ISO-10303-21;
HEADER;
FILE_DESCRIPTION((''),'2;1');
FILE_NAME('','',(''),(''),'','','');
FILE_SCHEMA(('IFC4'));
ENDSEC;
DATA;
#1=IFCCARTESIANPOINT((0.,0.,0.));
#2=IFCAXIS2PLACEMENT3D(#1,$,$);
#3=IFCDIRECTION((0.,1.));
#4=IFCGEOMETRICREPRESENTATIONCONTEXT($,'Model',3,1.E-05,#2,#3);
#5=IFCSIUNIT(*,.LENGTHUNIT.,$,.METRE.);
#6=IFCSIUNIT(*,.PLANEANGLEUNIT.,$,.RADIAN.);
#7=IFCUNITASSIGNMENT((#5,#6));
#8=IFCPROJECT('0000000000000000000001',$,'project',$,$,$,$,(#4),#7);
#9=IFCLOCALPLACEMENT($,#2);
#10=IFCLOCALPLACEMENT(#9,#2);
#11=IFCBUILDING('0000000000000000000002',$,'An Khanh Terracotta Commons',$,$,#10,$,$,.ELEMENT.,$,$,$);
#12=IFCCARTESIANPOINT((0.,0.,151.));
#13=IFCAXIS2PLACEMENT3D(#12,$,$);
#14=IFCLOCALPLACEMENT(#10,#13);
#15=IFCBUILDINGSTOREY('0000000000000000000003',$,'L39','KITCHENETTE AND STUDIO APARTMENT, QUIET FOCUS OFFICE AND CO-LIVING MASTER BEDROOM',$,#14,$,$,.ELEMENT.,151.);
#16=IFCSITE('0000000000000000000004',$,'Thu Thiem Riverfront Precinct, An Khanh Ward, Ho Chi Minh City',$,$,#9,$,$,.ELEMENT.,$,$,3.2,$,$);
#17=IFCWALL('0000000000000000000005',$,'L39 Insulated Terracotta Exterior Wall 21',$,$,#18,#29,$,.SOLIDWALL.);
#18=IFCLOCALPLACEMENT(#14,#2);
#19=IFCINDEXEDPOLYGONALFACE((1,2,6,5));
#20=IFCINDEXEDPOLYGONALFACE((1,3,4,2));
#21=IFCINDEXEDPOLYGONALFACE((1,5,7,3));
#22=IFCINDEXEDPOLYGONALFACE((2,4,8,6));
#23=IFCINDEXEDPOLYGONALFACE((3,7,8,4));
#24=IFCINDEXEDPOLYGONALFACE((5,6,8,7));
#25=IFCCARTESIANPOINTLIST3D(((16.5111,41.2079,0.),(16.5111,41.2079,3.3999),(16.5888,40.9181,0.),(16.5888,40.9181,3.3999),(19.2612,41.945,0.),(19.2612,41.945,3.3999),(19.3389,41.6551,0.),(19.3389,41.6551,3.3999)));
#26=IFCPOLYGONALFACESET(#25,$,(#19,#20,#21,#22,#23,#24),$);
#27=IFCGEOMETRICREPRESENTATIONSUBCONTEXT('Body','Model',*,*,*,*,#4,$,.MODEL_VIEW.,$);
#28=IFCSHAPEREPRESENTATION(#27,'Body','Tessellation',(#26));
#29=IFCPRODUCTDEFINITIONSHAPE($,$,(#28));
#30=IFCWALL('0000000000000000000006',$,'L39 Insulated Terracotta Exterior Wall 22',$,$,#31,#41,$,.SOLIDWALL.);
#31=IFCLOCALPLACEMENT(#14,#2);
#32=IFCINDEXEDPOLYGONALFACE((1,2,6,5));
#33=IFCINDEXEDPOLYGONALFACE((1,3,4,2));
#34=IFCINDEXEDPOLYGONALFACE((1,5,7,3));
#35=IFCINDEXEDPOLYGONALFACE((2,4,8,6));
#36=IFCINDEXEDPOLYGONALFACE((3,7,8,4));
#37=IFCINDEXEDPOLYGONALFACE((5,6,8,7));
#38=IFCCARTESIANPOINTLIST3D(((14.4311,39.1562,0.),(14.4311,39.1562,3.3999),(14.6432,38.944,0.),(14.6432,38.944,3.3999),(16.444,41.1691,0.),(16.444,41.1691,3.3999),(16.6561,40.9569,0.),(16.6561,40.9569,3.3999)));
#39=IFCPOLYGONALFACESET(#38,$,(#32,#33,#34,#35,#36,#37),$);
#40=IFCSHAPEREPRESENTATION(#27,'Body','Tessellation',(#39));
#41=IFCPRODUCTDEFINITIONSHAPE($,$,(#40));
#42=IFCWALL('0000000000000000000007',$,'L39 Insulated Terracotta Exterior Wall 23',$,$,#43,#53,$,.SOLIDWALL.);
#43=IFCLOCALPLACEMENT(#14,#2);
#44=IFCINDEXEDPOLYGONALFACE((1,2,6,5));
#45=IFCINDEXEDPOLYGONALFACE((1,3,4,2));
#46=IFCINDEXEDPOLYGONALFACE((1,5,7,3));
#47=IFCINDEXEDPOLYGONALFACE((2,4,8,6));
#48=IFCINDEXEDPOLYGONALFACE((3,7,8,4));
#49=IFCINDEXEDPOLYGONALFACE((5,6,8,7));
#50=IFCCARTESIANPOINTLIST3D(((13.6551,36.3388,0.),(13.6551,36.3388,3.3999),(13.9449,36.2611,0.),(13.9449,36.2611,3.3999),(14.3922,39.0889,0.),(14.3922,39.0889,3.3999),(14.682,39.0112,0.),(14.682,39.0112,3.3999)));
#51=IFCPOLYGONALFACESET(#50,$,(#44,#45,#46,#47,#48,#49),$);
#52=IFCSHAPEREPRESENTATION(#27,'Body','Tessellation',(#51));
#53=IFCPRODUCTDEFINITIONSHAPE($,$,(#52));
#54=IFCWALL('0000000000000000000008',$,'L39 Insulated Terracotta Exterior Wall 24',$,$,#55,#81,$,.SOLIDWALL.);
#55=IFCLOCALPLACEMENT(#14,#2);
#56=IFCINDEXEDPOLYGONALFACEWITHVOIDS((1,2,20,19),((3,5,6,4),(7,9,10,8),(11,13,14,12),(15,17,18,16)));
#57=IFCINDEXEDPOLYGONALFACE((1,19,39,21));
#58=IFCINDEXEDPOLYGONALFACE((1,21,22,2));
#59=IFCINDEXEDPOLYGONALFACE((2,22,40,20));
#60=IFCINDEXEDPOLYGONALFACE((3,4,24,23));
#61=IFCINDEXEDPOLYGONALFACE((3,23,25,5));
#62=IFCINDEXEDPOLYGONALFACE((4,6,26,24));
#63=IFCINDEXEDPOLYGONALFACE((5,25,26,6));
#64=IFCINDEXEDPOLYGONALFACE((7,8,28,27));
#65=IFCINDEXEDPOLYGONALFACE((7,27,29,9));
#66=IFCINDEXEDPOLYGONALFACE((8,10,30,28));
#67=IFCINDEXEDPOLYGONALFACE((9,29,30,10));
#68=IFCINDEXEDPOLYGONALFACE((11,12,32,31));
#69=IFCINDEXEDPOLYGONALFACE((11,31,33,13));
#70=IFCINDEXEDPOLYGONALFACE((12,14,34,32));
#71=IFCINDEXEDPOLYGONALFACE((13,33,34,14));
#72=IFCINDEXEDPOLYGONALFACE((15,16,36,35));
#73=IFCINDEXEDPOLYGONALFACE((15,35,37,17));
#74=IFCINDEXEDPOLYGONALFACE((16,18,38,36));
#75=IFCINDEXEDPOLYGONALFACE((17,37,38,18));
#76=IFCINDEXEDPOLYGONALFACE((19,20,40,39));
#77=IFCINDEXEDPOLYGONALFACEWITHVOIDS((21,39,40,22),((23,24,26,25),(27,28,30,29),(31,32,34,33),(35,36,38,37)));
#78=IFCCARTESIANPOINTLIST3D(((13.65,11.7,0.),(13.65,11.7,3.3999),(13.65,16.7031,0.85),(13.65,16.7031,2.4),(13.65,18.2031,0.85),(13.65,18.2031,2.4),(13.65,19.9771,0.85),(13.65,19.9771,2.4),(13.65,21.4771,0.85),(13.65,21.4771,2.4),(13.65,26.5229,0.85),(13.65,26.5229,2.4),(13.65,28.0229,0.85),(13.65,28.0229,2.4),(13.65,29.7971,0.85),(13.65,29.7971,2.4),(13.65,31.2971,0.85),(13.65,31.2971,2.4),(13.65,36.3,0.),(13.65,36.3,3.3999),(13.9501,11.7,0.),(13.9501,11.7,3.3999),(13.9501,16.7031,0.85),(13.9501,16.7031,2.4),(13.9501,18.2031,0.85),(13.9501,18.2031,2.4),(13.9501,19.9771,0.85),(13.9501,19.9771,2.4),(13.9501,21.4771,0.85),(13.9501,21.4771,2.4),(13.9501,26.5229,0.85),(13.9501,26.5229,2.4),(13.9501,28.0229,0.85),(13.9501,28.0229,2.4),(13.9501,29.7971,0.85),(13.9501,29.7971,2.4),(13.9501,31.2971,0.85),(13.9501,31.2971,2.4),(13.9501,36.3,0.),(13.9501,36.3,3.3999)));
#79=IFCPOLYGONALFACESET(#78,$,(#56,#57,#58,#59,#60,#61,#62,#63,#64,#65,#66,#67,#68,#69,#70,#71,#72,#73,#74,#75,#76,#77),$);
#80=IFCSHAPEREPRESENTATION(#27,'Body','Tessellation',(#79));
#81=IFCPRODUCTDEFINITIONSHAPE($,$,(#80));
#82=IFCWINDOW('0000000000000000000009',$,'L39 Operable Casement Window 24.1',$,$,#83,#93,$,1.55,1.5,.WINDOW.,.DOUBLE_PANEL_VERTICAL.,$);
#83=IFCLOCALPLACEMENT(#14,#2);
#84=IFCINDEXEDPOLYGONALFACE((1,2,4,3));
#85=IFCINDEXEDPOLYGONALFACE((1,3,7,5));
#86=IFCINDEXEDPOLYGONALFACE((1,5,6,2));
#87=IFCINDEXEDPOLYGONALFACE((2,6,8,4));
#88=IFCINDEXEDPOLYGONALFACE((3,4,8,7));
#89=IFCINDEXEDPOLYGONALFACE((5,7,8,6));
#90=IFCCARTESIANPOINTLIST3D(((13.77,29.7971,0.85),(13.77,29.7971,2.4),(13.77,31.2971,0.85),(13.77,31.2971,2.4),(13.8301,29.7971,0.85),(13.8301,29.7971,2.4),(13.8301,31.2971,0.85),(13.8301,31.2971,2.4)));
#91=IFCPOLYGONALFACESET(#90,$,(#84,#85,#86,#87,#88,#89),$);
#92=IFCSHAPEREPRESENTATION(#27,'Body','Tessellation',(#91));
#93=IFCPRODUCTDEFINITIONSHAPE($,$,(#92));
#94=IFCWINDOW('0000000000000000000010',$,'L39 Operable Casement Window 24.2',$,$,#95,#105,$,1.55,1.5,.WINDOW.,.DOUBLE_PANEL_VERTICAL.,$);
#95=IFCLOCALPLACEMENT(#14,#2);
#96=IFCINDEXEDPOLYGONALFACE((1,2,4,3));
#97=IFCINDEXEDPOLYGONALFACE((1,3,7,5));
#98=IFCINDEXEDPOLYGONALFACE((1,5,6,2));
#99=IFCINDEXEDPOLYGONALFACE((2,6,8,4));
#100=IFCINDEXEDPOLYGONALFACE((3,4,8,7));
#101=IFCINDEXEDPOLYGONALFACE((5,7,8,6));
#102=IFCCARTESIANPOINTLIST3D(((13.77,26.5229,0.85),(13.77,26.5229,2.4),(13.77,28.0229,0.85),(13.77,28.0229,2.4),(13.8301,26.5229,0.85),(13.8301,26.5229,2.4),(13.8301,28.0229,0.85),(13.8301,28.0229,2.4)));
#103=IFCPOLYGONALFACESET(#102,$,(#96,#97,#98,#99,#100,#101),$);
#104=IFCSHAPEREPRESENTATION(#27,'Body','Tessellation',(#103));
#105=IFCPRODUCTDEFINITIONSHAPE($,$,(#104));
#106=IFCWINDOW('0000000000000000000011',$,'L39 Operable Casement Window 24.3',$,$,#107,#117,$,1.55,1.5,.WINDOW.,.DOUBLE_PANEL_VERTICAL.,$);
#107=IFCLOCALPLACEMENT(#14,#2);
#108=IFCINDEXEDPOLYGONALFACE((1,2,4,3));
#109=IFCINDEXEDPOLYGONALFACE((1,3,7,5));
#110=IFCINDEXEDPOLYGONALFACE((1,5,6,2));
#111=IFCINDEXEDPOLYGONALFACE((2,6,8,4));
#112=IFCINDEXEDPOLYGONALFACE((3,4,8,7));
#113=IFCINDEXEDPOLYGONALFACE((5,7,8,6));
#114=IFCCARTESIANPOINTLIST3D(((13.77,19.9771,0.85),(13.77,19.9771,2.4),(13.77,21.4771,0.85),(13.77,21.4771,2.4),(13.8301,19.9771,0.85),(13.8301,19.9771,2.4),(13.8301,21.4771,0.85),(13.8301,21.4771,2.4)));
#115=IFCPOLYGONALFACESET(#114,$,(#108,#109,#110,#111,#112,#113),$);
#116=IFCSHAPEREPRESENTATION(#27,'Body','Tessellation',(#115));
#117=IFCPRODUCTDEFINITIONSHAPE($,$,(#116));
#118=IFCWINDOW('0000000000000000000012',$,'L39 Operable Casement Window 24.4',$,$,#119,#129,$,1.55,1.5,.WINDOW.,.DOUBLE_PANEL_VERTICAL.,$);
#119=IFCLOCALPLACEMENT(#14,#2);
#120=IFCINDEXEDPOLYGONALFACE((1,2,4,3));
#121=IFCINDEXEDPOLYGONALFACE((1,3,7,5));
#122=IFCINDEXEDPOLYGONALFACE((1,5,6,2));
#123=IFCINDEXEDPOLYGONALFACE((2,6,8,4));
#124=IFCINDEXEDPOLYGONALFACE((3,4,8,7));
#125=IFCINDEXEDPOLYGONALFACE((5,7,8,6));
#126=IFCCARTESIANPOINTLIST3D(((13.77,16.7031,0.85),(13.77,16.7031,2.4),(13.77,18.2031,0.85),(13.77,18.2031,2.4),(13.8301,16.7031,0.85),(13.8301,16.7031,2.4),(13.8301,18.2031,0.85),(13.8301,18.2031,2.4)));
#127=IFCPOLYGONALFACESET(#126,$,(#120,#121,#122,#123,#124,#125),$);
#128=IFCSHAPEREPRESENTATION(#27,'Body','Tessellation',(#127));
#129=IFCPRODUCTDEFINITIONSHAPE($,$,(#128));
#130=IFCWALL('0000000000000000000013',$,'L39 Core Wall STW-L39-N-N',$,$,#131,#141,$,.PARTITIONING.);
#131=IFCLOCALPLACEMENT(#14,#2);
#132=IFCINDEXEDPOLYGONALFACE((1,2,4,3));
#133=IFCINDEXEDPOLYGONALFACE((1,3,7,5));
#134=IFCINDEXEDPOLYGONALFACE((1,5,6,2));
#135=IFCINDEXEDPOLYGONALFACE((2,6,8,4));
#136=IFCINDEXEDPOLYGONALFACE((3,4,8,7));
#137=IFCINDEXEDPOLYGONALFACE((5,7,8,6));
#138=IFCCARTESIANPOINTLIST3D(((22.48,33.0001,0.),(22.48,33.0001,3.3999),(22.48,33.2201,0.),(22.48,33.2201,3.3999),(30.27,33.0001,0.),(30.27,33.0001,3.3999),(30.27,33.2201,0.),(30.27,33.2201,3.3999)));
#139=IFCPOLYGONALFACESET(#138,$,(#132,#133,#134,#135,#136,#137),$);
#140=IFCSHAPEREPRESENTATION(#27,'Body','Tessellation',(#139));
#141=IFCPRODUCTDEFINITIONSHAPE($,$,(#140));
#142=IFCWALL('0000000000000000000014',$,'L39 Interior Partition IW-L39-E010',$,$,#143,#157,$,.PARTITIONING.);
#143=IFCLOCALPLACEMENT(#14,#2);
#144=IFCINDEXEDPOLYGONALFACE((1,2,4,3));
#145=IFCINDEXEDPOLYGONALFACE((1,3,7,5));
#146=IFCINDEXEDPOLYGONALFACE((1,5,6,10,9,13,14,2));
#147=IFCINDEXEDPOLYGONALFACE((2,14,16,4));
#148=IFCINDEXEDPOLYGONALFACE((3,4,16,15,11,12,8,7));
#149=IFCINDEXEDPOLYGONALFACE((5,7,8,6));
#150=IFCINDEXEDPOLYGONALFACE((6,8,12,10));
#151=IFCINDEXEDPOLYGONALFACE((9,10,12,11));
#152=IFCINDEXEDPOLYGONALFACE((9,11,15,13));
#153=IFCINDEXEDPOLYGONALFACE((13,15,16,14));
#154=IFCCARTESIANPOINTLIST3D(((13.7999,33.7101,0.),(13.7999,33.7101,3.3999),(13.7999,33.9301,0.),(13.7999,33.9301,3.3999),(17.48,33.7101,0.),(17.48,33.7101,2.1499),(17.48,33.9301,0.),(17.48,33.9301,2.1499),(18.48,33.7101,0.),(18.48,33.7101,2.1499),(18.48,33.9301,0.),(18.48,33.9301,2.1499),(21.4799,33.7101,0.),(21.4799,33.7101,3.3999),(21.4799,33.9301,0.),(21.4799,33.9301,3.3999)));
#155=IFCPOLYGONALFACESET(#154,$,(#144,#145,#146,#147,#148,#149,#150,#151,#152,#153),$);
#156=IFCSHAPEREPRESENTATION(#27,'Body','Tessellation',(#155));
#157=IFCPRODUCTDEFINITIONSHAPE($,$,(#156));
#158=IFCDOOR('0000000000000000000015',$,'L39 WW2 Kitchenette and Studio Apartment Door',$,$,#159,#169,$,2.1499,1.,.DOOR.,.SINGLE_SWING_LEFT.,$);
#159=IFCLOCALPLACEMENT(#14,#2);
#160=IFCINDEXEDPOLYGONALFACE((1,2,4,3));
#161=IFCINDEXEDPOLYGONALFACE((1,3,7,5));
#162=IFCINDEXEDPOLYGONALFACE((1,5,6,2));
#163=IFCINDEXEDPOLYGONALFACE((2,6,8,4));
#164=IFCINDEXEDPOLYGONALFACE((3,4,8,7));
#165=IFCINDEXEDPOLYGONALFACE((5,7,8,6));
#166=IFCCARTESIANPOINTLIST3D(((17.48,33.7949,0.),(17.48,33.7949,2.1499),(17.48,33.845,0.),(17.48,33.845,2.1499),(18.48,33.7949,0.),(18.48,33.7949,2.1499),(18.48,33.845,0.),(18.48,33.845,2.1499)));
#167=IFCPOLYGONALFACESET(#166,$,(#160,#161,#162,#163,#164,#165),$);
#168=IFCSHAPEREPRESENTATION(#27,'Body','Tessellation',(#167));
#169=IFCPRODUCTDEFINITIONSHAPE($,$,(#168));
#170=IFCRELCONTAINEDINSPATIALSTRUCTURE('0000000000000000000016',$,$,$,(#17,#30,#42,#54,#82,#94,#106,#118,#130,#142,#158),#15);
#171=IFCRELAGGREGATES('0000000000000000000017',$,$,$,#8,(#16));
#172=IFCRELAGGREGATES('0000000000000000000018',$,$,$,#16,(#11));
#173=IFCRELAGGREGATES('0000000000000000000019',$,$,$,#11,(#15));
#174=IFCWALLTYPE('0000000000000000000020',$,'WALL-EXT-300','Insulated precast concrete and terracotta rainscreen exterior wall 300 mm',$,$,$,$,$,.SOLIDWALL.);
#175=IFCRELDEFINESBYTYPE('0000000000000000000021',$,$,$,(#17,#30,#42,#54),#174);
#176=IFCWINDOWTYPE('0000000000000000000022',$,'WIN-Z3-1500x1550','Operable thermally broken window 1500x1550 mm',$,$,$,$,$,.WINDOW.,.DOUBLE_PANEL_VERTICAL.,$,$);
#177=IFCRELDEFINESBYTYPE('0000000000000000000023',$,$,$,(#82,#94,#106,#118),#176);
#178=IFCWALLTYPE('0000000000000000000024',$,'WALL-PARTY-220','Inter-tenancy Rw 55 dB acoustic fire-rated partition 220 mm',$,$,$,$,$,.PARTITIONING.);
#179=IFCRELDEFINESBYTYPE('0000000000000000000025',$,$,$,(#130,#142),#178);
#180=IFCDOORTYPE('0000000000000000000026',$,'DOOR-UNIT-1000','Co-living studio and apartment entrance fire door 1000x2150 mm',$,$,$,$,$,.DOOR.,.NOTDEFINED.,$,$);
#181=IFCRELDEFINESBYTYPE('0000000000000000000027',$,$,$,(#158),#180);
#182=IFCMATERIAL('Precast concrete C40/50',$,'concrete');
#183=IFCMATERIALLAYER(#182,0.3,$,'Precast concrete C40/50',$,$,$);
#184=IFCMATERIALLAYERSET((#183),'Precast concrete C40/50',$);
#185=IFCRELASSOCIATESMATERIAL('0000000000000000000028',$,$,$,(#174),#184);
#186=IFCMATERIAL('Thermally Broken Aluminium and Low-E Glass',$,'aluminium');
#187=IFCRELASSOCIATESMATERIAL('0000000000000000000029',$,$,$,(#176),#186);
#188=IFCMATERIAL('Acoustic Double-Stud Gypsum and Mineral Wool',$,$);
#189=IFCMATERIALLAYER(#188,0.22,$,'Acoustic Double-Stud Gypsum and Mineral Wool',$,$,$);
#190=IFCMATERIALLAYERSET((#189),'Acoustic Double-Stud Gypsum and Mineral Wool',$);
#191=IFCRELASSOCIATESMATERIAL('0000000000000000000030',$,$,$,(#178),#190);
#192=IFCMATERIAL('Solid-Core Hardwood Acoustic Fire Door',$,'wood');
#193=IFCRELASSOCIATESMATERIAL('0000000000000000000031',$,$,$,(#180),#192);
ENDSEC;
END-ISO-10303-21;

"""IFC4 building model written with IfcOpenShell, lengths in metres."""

from ifc_helpers import new_model, si_unit, direction, frame, frame_2d, origin, place, context, subcontext, project, spatial, rectangle, extrude, material, layer, layer_set, type_object, element, fill, save


model = new_model("IFC4")

# Units and contexts
model_context = context("Model", 3, precision=1e-05, world=origin(), true_north=direction((0.0, 1.0)))
body_context = subcontext(model_context, "Body", "Model", "MODEL_VIEW")
ifc_project = project(units=[si_unit("LENGTHUNIT", "METRE"), si_unit("PLANEANGLEUNIT", "RADIAN")], contexts=[model_context])

# Site, building, storey
site_placement = place(None, origin())
site = spatial("IfcSite", under=ifc_project, at=site_placement, Name="Thu Thiem Riverfront Precinct, An Khanh Ward, Ho Chi Minh City", CompositionType="ELEMENT", RefElevation=3.2)
building_placement = place(site_placement, origin())
building = spatial("IfcBuilding", under=site, at=building_placement, Name="An Khanh Terracotta Commons", CompositionType="ELEMENT")
storey_placement = place(building_placement, frame((0.0, 0.0, 151.0)))
storey = spatial("IfcBuildingStorey", under=building, at=storey_placement, Name="L39", Description="KITCHENETTE AND STUDIO APARTMENT, QUIET FOCUS OFFICE AND CO-LIVING MASTER BEDROOM", CompositionType="ELEMENT", Elevation=151.0)

# Walls
ifc_material_1 = material(Name="Precast concrete C40/50", Category="concrete")
ifc_layer_1 = layer(ifc_material_1, 0.3, Name="Precast concrete C40/50")
ifc_layer_set_1 = layer_set([ifc_layer_1], Name="Precast concrete C40/50")
wall_type_1 = type_object("IfcWallType", Name="WALL-EXT-300", Description="Insulated precast concrete and terracotta rainscreen exterior wall 300 mm", PredefinedType="SOLIDWALL", material=ifc_layer_set_1)
wall_1_placement = place(storey_placement, frame((19.3, 41.8, 0.0), z_axis=(0.0, 0.0, 1.0), x_axis=(-0.965908, -0.258885, 0.0)))
element("IfcWall", 1, at=wall_1_placement, inside=storey, type_object=wall_type_1, Name="L39 Insulated Terracotta Exterior Wall 21", PredefinedType="SOLIDWALL", context=body_context, shape_type="SweptSolid", body=[
    extrude(rectangle(XDim=2.8472, YDim=0.3, at=frame_2d((1.4236, 0.0))), origin(), (0.0, 0.0, 1.0), 3.3999),
])
wall_2_placement = place(storey_placement, frame((16.55, 41.063, 0.0), z_axis=(0.0, 0.0, 1.0), x_axis=(-0.707107, -0.707107, 0.0)))
element("IfcWall", 2, at=wall_2_placement, inside=storey, type_object=wall_type_1, Name="L39 Insulated Terracotta Exterior Wall 22", PredefinedType="SOLIDWALL", context=body_context, shape_type="SweptSolid", body=[
    extrude(rectangle(XDim=2.8467, YDim=0.3, at=frame_2d((1.4233, 0.0))), origin(), (0.0, 0.0, 1.0), 3.3999),
])
wall_3_placement = place(storey_placement, frame((14.5371, 39.05, 0.0), z_axis=(0.0, 0.0, 1.0), x_axis=(-0.258885, -0.965908, 0.0)))
element("IfcWall", 3, at=wall_3_placement, inside=storey, type_object=wall_type_1, Name="L39 Insulated Terracotta Exterior Wall 23", PredefinedType="SOLIDWALL", context=body_context, shape_type="SweptSolid", body=[
    extrude(rectangle(XDim=2.8472, YDim=0.3, at=frame_2d((1.4236, 0.0))), origin(), (0.0, 0.0, 1.0), 3.3999),
])

# Wall, openings, windows
wall_4_placement = place(storey_placement, frame((13.8, 36.3, 0.0), z_axis=(0.0, 0.0, 1.0), x_axis=(0.0, -1.0, 0.0)))
wall_4 = element("IfcWall", 4, at=wall_4_placement, inside=storey, type_object=wall_type_1, Name="L39 Insulated Terracotta Exterior Wall 24", PredefinedType="SOLIDWALL", context=body_context, shape_type="SweptSolid", body=[
    extrude(rectangle(XDim=24.6001, YDim=0.3, at=frame_2d((12.3, 0.0))), origin(), (0.0, 0.0, 1.0), 3.3999),
])
opening_1_placement = place(wall_4_placement, frame((5.0029, 0.0, 0.8501)))
opening_1 = element("IfcOpeningElement", 5, at=opening_1_placement, cuts=wall_4, PredefinedType="OPENING", context=body_context, shape_type="SweptSolid", body=[
    extrude(rectangle(XDim=1.5, YDim=1.55, at=frame_2d((0.75, 0.7749))), frame((0.0, 0.1599, 0.0), z_axis=(0.0, -1.0, 0.0), x_axis=(1.0, 0.0, 0.0)), (0.0, 0.0, 1.0), 0.3201),
])
opening_2_placement = place(wall_4_placement, frame((8.2771, 0.0, 0.8501)))
opening_2 = element("IfcOpeningElement", 6, at=opening_2_placement, cuts=wall_4, PredefinedType="OPENING", context=body_context, shape_type="SweptSolid", body=[
    extrude(rectangle(XDim=1.5, YDim=1.55, at=frame_2d((0.75, 0.7749))), frame((0.0, 0.1599, 0.0), z_axis=(0.0, -1.0, 0.0), x_axis=(1.0, 0.0, 0.0)), (0.0, 0.0, 1.0), 0.3201),
])
opening_3_placement = place(wall_4_placement, frame((14.823, 0.0, 0.8501)))
opening_3 = element("IfcOpeningElement", 7, at=opening_3_placement, cuts=wall_4, PredefinedType="OPENING", context=body_context, shape_type="SweptSolid", body=[
    extrude(rectangle(XDim=1.5, YDim=1.55, at=frame_2d((0.75, 0.7749))), frame((0.0, 0.1599, 0.0), z_axis=(0.0, -1.0, 0.0), x_axis=(1.0, 0.0, 0.0)), (0.0, 0.0, 1.0), 0.3201),
])
opening_4_placement = place(wall_4_placement, frame((18.0969, 0.0, 0.8501)))
opening_4 = element("IfcOpeningElement", 8, at=opening_4_placement, cuts=wall_4, PredefinedType="OPENING", context=body_context, shape_type="SweptSolid", body=[
    extrude(rectangle(XDim=1.5, YDim=1.55, at=frame_2d((0.75, 0.7749))), frame((0.0, 0.1599, 0.0), z_axis=(0.0, -1.0, 0.0), x_axis=(1.0, 0.0, 0.0)), (0.0, 0.0, 1.0), 0.3201),
])
ifc_material_2 = material(Name="Thermally Broken Aluminium and Low-E Glass", Category="aluminium")
window_type = type_object("IfcWindowType", Name="WIN-Z3-1500x1550", Description="Operable thermally broken window 1500x1550 mm", PartitioningType="DOUBLE_PANEL_VERTICAL", PredefinedType="WINDOW", material=ifc_material_2)
window_1_placement = place(opening_1_placement, origin())
window_1 = element("IfcWindow", 9, at=window_1_placement, inside=storey, type_object=window_type, Name="L39 Operable Casement Window 24.1", OverallHeight=1.55, OverallWidth=1.5, PartitioningType="DOUBLE_PANEL_VERTICAL", PredefinedType="WINDOW", context=body_context, shape_type="SweptSolid", body=[
    extrude(rectangle(XDim=1.5, YDim=1.55, at=frame_2d((0.75, 0.7749))), frame((0.0, 0.03, 0.0), z_axis=(0.0, -1.0, 0.0), x_axis=(1.0, 0.0, 0.0)), (0.0, 0.0, 1.0), 0.0601),
])
fill(opening_1, window_1)
window_2_placement = place(opening_2_placement, origin())
window_2 = element("IfcWindow", 10, at=window_2_placement, inside=storey, type_object=window_type, Name="L39 Operable Casement Window 24.2", OverallHeight=1.55, OverallWidth=1.5, PartitioningType="DOUBLE_PANEL_VERTICAL", PredefinedType="WINDOW", context=body_context, shape_type="SweptSolid", body=[
    extrude(rectangle(XDim=1.5, YDim=1.55, at=frame_2d((0.75, 0.7749))), frame((0.0, 0.03, 0.0), z_axis=(0.0, -1.0, 0.0), x_axis=(1.0, 0.0, 0.0)), (0.0, 0.0, 1.0), 0.0601),
])
fill(opening_2, window_2)
window_3_placement = place(opening_3_placement, origin())
window_3 = element("IfcWindow", 11, at=window_3_placement, inside=storey, type_object=window_type, Name="L39 Operable Casement Window 24.3", OverallHeight=1.55, OverallWidth=1.5, PartitioningType="DOUBLE_PANEL_VERTICAL", PredefinedType="WINDOW", context=body_context, shape_type="SweptSolid", body=[
    extrude(rectangle(XDim=1.5, YDim=1.55, at=frame_2d((0.75, 0.7749))), frame((0.0, 0.03, 0.0), z_axis=(0.0, -1.0, 0.0), x_axis=(1.0, 0.0, 0.0)), (0.0, 0.0, 1.0), 0.0601),
])
fill(opening_3, window_3)
window_4_placement = place(opening_4_placement, origin())
window_4 = element("IfcWindow", 12, at=window_4_placement, inside=storey, type_object=window_type, Name="L39 Operable Casement Window 24.4", OverallHeight=1.55, OverallWidth=1.5, PartitioningType="DOUBLE_PANEL_VERTICAL", PredefinedType="WINDOW", context=body_context, shape_type="SweptSolid", body=[
    extrude(rectangle(XDim=1.5, YDim=1.55, at=frame_2d((0.75, 0.7749))), frame((0.0, 0.03, 0.0), z_axis=(0.0, -1.0, 0.0), x_axis=(1.0, 0.0, 0.0)), (0.0, 0.0, 1.0), 0.0601),
])
fill(opening_4, window_4)

# Wall
ifc_material_3 = material(Name="Acoustic Double-Stud Gypsum and Mineral Wool")
ifc_layer_2 = layer(ifc_material_3, 0.22, Name="Acoustic Double-Stud Gypsum and Mineral Wool")
ifc_layer_set_2 = layer_set([ifc_layer_2], Name="Acoustic Double-Stud Gypsum and Mineral Wool")
wall_type_2 = type_object("IfcWallType", Name="WALL-PARTY-220", Description="Inter-tenancy Rw 55 dB acoustic fire-rated partition 220 mm", PredefinedType="PARTITIONING", material=ifc_layer_set_2)
wall_5_placement = place(storey_placement, frame((22.48, 33.1101, 0.0), z_axis=(0.0, 0.0, 1.0), x_axis=(1.0, 0.0, 0.0)))
element("IfcWall", 13, at=wall_5_placement, inside=storey, type_object=wall_type_2, Name="L39 Core Wall STW-L39-N-N", PredefinedType="PARTITIONING", context=body_context, shape_type="SweptSolid", body=[
    extrude(rectangle(XDim=7.79, YDim=0.22, at=frame_2d((3.895, 0.0))), origin(), (0.0, 0.0, 1.0), 3.3999),
])

# Wall, opening, door
wall_6_placement = place(storey_placement, frame((13.8, 33.8201, 0.0), z_axis=(0.0, 0.0, 1.0), x_axis=(1.0, 0.0, 0.0)))
wall_6 = element("IfcWall", 14, at=wall_6_placement, inside=storey, type_object=wall_type_2, Name="L39 Interior Partition IW-L39-E010", PredefinedType="PARTITIONING", context=body_context, shape_type="SweptSolid", body=[
    extrude(rectangle(XDim=7.6799, YDim=0.22, at=frame_2d((3.8398, 0.0))), origin(), (0.0, 0.0, 1.0), 3.3999),
])
opening_5_placement = place(wall_6_placement, frame((3.6799, 0.0, 0.0)))
opening_5 = element("IfcOpeningElement", 15, at=opening_5_placement, cuts=wall_6, PredefinedType="OPENING", context=body_context, shape_type="SweptSolid", body=[
    extrude(rectangle(XDim=1.0, YDim=2.1499, at=frame_2d((0.5, 1.075))), frame((0.0, 0.1199, 0.0), z_axis=(0.0, -1.0, 0.0), x_axis=(1.0, 0.0, 0.0)), (0.0, 0.0, 1.0), 0.24),
])
ifc_material_4 = material(Name="Solid-Core Hardwood Acoustic Fire Door", Category="wood")
door_type_1 = type_object("IfcDoorType", Name="DOOR-UNIT-1000", Description="Co-living studio and apartment entrance fire door 1000x2150 mm", OperationType="NOTDEFINED", PredefinedType="DOOR", material=ifc_material_4)
door_1_placement = place(opening_5_placement, origin())
door_1 = element("IfcDoor", 16, at=door_1_placement, inside=storey, type_object=door_type_1, Name="L39 WW2 Kitchenette and Studio Apartment Door", OperationType="SINGLE_SWING_LEFT", OverallHeight=2.1499, OverallWidth=1.0, PredefinedType="DOOR", context=body_context, shape_type="SweptSolid", body=[
    extrude(rectangle(XDim=1.0, YDim=2.1499, at=frame_2d((0.5, 1.075))), frame((0.0, 0.0249, 0.0), z_axis=(0.0, -1.0, 0.0), x_axis=(1.0, 0.0, 0.0)), (0.0, 0.0, 1.0), 0.05),
])
fill(opening_5, door_1)

save(model, "model.ifc")
